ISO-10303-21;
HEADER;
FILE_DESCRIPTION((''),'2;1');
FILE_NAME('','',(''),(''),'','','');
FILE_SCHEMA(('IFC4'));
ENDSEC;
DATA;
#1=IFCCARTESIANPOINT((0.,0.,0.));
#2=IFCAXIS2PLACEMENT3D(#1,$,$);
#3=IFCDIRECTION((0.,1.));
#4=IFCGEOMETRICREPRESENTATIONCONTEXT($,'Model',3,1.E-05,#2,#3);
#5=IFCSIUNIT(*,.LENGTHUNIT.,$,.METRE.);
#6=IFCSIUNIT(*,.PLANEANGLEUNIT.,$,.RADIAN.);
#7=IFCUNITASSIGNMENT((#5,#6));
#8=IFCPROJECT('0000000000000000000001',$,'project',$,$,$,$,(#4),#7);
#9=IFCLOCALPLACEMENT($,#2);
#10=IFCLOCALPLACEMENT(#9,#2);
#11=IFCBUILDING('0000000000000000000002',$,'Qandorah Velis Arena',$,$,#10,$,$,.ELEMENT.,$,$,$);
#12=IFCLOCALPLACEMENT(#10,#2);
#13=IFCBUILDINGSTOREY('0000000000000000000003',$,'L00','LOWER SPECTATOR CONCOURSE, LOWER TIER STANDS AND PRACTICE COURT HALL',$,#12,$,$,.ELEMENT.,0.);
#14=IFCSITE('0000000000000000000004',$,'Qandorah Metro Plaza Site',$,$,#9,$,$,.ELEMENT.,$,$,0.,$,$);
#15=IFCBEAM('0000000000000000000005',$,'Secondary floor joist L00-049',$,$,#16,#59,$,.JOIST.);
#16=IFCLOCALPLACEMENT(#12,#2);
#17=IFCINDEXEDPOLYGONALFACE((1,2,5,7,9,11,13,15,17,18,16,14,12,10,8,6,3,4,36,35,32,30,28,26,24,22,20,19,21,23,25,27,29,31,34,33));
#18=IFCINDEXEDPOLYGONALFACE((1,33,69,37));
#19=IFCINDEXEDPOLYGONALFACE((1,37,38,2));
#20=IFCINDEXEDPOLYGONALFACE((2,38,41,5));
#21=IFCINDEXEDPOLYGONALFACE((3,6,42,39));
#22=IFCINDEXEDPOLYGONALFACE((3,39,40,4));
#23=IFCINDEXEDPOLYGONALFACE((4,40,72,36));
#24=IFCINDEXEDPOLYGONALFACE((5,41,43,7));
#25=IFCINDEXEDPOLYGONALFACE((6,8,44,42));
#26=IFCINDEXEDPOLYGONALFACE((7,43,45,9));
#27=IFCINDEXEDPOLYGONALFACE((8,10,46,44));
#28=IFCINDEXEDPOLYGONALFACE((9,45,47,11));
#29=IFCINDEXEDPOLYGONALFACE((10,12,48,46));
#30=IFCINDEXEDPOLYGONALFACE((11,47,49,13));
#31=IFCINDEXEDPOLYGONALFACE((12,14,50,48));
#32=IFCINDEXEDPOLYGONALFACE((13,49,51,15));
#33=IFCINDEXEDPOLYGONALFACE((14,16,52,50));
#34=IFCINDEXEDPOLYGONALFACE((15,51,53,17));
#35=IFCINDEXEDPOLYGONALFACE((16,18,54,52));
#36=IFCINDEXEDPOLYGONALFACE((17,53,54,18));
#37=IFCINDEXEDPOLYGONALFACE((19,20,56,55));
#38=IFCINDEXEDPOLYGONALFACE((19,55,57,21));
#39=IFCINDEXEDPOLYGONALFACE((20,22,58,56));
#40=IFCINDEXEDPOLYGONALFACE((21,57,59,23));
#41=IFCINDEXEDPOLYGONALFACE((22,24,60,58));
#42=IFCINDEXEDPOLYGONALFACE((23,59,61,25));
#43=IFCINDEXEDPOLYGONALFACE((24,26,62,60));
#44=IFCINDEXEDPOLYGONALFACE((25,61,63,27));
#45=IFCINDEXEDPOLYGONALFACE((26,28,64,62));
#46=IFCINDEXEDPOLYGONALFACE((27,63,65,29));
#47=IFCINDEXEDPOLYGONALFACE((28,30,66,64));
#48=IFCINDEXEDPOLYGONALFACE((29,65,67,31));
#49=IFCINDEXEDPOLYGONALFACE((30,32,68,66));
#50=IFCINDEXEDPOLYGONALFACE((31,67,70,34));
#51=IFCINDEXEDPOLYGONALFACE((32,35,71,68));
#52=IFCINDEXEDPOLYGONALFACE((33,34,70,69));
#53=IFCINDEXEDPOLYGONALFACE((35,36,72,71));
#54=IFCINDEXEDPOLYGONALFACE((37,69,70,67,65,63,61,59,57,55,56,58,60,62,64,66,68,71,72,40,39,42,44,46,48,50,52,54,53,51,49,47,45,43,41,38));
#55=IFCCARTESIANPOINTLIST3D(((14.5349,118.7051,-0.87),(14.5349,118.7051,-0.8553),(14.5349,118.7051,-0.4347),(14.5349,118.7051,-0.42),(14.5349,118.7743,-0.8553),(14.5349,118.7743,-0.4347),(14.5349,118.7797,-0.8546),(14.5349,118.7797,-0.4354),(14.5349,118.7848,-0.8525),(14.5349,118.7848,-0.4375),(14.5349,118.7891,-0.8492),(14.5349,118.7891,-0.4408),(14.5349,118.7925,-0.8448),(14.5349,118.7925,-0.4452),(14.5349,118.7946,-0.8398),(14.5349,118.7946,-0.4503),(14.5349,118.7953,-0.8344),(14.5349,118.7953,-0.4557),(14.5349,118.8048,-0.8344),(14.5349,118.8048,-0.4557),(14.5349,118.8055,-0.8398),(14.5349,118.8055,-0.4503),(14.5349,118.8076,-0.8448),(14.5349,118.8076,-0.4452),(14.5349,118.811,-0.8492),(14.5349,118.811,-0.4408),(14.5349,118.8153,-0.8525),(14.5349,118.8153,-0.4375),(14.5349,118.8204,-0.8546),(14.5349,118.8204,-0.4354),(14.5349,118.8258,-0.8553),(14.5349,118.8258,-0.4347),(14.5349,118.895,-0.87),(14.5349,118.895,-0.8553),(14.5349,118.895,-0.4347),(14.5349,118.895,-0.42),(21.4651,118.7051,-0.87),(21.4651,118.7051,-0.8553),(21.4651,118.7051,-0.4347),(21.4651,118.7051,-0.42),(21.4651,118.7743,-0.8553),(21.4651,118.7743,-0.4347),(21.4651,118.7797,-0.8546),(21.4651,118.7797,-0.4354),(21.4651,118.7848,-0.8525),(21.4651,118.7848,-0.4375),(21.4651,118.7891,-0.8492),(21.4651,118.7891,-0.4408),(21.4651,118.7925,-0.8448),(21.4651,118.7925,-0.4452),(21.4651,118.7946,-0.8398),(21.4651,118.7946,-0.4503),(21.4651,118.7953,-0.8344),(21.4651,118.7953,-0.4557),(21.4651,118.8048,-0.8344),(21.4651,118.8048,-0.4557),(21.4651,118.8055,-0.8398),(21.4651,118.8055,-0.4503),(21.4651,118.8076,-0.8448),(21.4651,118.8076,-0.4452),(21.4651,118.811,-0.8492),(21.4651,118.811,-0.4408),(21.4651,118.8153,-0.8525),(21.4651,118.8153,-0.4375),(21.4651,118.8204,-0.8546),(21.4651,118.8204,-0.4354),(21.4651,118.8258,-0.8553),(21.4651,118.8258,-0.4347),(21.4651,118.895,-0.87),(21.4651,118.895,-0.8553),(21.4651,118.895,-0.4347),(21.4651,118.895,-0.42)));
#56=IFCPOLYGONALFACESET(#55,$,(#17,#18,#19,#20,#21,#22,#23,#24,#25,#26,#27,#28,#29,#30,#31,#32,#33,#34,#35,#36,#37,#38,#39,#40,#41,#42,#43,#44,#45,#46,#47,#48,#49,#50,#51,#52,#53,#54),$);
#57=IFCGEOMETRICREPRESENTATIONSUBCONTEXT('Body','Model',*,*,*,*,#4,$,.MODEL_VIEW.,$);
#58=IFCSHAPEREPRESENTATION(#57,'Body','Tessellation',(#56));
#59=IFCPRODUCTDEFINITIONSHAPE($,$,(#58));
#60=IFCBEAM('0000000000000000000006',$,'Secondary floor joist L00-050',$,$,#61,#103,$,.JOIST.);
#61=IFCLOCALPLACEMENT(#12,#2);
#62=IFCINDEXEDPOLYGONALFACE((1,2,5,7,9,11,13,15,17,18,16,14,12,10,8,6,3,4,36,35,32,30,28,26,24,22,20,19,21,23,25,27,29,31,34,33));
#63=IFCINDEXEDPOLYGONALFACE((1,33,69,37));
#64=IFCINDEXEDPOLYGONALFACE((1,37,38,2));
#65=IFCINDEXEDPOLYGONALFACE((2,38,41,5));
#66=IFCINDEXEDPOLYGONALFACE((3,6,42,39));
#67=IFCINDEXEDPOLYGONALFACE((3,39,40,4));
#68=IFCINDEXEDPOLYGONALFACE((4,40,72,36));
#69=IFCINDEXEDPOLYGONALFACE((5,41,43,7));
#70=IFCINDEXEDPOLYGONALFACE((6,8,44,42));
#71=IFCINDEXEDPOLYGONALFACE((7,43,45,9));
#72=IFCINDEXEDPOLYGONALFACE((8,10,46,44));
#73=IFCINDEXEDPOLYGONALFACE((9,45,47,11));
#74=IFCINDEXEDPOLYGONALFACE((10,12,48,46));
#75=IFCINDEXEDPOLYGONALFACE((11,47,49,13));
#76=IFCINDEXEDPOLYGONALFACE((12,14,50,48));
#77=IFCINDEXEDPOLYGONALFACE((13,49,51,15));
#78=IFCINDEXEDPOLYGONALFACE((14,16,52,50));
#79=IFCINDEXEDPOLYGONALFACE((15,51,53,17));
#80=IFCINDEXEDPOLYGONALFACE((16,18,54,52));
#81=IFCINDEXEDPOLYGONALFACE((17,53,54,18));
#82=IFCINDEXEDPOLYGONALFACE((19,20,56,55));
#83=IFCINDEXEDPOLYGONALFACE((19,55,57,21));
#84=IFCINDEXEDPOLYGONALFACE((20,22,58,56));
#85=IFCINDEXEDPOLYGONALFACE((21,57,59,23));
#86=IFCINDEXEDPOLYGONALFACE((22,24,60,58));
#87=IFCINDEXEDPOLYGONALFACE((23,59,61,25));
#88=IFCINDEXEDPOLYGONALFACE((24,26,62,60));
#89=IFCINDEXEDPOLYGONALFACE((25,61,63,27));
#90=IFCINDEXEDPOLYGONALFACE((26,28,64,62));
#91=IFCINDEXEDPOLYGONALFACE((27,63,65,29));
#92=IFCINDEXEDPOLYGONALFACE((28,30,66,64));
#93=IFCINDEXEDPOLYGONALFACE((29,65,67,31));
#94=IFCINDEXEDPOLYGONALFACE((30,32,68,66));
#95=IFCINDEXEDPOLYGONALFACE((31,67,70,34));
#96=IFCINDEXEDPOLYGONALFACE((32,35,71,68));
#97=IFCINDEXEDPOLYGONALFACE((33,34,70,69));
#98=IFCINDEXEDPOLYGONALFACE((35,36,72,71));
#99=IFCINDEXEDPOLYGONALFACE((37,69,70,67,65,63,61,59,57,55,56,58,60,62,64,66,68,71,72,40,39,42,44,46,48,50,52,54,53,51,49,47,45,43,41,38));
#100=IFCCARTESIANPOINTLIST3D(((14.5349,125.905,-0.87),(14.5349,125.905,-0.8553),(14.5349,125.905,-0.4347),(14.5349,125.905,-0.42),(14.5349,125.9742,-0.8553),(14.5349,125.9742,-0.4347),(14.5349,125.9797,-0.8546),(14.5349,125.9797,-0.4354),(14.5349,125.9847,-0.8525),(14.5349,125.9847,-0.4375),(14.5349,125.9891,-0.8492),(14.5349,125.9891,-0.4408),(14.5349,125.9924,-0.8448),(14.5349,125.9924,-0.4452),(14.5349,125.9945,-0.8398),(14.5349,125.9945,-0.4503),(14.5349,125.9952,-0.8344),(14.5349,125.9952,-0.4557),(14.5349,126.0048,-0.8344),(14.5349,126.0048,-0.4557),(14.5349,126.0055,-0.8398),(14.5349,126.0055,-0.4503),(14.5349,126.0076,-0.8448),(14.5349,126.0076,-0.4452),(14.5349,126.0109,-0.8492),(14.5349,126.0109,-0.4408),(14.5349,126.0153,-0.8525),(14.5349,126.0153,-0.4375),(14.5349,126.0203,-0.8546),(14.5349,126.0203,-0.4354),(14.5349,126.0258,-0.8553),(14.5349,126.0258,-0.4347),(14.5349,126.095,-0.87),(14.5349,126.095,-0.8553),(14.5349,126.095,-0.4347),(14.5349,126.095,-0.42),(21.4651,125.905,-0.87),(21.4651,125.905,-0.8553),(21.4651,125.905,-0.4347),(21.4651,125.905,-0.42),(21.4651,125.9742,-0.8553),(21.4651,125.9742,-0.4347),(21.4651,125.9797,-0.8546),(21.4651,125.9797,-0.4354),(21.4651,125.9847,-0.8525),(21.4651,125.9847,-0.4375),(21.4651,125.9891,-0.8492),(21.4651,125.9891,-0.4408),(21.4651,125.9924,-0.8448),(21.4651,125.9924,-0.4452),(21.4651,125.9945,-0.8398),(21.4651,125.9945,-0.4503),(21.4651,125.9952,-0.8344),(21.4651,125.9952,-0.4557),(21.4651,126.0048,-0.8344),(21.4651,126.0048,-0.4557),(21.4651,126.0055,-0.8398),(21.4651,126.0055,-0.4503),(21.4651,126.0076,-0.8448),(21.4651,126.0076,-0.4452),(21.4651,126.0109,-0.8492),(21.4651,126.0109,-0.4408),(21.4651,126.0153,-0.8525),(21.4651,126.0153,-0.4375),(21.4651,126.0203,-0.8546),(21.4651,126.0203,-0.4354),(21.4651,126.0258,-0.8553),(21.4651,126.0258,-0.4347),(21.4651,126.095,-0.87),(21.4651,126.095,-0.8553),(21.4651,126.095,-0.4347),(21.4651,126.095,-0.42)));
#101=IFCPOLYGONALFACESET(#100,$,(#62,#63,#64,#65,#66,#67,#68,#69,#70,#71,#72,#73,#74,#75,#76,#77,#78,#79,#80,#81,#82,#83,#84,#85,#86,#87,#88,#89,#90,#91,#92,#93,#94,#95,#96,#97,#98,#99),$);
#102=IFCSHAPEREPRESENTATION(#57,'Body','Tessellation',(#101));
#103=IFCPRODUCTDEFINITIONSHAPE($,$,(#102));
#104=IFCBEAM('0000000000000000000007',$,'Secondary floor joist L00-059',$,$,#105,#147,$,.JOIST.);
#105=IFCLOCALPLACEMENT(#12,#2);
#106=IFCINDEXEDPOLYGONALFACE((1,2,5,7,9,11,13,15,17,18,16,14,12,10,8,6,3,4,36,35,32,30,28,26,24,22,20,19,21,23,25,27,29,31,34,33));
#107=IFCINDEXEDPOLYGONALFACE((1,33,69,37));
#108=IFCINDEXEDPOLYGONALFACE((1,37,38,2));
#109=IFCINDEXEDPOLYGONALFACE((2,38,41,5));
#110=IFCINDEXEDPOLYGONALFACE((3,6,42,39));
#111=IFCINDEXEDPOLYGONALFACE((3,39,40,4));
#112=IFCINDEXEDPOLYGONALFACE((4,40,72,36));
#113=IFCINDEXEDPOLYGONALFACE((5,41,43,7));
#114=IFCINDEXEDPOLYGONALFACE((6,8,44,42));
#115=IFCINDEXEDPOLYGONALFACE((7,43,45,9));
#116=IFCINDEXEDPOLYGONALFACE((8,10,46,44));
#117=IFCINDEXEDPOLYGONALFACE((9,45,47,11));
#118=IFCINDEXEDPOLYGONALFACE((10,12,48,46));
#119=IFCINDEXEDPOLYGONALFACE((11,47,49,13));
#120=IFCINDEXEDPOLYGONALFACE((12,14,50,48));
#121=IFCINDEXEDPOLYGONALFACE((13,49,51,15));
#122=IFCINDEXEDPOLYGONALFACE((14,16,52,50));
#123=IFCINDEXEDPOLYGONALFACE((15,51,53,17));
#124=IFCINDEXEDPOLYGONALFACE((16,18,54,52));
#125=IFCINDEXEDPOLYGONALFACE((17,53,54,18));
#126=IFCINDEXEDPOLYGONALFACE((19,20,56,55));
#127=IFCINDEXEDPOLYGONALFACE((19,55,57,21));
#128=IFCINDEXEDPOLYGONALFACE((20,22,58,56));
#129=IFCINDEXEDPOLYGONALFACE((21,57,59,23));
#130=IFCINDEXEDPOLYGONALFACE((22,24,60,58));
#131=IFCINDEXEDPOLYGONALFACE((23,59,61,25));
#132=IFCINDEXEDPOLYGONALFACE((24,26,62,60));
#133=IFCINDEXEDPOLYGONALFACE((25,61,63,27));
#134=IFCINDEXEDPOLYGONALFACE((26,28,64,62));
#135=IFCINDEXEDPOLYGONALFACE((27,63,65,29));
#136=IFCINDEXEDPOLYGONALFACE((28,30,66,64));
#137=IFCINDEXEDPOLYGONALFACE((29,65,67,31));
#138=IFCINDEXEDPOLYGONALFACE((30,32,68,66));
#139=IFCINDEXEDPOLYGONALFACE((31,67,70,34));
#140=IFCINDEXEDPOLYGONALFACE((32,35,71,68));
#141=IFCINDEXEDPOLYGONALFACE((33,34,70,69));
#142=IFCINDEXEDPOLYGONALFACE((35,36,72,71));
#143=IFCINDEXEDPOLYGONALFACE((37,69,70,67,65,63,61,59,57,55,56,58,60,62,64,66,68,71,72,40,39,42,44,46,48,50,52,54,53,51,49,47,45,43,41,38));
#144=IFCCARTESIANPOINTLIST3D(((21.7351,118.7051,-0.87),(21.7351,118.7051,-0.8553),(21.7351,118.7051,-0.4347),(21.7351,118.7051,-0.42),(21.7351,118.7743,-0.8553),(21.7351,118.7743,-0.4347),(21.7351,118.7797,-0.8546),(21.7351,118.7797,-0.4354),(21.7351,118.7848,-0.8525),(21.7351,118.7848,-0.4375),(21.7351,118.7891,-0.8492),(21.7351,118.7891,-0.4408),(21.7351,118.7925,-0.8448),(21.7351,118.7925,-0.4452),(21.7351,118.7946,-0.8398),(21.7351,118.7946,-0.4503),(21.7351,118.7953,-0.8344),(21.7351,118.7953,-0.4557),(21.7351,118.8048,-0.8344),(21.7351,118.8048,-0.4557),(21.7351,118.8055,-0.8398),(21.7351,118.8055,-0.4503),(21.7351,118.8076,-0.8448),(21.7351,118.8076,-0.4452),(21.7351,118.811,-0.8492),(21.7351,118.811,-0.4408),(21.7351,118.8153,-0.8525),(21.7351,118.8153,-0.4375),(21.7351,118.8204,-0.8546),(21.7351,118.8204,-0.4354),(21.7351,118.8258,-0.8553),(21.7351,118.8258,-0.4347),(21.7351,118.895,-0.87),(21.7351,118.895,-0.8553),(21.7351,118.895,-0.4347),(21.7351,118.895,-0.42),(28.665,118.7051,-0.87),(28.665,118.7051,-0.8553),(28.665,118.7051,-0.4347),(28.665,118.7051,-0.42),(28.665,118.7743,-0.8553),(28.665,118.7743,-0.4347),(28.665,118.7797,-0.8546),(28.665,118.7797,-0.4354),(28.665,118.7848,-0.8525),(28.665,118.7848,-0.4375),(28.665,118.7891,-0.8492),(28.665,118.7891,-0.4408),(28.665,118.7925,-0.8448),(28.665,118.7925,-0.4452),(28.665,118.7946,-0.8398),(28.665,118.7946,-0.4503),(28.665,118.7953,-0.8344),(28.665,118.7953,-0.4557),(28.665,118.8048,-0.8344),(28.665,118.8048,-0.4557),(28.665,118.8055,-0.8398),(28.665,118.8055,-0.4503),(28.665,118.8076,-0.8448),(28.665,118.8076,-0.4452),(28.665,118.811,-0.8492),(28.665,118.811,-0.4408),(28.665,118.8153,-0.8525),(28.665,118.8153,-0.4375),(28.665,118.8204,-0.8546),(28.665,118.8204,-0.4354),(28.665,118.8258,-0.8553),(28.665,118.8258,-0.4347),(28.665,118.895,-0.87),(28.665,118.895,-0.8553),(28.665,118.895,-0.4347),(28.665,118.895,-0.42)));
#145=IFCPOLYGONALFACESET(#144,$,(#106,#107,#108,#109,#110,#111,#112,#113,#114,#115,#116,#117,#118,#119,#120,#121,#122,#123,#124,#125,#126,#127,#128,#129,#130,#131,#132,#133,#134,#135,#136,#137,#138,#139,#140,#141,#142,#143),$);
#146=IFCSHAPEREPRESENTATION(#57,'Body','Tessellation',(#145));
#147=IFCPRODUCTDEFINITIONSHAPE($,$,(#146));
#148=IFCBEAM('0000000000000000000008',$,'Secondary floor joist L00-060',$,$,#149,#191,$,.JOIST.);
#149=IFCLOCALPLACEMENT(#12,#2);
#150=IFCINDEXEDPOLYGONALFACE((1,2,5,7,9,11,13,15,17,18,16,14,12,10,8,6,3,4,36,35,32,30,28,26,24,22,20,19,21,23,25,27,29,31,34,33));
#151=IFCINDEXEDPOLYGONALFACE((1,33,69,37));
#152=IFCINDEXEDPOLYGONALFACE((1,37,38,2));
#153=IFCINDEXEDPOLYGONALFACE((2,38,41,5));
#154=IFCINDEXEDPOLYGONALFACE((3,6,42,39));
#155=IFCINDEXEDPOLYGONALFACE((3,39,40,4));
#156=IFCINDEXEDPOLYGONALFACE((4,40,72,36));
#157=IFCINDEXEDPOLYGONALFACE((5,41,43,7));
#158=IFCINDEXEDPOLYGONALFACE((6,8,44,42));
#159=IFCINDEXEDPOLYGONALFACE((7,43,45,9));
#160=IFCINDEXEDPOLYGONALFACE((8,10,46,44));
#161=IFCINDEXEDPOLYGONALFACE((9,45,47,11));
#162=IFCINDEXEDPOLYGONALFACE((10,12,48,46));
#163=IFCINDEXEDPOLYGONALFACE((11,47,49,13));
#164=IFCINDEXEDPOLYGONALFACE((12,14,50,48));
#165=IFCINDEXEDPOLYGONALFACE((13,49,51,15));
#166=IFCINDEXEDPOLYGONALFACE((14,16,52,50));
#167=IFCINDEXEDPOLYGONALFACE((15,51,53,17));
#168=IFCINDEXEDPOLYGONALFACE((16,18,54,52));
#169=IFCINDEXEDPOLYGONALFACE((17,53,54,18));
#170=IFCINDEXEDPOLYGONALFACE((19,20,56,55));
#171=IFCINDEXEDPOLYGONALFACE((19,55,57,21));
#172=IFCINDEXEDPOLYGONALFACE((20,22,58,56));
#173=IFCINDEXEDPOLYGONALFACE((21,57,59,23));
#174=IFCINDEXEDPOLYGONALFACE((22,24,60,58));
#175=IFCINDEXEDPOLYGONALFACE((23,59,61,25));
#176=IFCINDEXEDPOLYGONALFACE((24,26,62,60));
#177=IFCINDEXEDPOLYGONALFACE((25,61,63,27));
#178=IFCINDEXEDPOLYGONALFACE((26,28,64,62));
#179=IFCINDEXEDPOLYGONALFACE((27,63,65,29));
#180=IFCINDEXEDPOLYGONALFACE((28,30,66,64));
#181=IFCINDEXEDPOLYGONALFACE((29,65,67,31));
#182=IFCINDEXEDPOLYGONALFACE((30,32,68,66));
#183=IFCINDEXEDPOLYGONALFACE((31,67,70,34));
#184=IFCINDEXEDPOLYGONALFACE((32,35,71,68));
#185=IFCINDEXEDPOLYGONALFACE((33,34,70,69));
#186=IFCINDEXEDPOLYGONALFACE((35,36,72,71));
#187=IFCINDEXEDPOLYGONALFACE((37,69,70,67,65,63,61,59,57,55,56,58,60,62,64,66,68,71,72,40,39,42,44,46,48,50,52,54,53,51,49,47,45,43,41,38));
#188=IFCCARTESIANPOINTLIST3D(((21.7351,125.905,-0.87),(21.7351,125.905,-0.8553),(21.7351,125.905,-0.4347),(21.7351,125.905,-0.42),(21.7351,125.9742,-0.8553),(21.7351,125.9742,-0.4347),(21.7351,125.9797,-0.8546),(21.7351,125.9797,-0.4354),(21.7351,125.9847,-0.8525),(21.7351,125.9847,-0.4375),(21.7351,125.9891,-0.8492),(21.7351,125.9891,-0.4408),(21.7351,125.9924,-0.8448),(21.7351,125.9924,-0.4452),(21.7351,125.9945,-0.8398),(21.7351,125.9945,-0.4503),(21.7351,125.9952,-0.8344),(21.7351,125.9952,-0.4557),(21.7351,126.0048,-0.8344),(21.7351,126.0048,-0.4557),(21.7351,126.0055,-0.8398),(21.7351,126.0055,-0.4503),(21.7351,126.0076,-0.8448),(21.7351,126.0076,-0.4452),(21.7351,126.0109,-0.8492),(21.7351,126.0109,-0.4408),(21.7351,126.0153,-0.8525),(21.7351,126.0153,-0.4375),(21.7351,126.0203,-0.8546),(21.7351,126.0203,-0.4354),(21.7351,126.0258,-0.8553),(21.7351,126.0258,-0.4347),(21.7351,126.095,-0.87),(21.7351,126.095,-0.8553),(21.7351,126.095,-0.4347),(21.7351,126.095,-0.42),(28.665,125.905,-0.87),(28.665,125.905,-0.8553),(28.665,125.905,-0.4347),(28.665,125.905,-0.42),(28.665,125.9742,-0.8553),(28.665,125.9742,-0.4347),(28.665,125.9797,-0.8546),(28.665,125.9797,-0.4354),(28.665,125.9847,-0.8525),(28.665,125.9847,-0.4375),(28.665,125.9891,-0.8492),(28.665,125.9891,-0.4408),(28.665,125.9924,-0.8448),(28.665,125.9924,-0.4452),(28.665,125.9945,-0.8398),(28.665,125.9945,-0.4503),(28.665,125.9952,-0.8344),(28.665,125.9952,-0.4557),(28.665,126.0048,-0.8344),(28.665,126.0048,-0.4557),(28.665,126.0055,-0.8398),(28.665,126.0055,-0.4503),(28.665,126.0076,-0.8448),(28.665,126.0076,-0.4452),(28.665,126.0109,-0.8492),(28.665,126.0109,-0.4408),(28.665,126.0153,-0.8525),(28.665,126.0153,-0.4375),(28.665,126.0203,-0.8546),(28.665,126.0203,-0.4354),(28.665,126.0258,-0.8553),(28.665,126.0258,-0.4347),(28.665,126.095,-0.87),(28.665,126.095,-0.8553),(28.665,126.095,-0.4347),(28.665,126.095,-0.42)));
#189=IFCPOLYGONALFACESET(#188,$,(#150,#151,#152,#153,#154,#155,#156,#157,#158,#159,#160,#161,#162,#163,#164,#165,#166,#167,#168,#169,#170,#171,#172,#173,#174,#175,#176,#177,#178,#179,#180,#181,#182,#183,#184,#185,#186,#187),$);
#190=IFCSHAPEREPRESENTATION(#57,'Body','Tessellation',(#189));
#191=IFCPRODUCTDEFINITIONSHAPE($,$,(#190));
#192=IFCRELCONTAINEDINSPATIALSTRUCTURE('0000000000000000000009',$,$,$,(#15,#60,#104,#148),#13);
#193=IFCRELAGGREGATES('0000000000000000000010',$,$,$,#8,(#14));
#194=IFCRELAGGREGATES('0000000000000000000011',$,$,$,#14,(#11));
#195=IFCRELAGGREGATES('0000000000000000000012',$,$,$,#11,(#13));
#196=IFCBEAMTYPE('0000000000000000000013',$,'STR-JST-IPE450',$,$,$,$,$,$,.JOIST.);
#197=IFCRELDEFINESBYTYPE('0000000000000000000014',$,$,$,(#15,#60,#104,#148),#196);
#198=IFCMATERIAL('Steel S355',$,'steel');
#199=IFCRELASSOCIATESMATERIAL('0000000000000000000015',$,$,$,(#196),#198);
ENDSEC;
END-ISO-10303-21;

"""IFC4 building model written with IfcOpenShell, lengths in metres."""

from ifc_helpers import new_model, si_unit, direction, frame, origin, origin_2d, place, context, subcontext, project, spatial, i_section, extrude, material, material_profile, profile_set, type_object, element, save


model = new_model("IFC4")

# Units and contexts
model_context = context("Model", 3, precision=1e-05, world=origin(), true_north=direction((0.0, 1.0)))
body_context = subcontext(model_context, "Body", "Model", "MODEL_VIEW")
ifc_project = project(units=[si_unit("LENGTHUNIT", "METRE"), si_unit("PLANEANGLEUNIT", "RADIAN")], contexts=[model_context])

# Site, building, storey
site_placement = place(None, origin())
site = spatial("IfcSite", under=ifc_project, at=site_placement, Name="Qandorah Metro Plaza Site", CompositionType="ELEMENT", RefElevation=0.0)
building_placement = place(site_placement, origin())
building = spatial("IfcBuilding", under=site, at=building_placement, Name="Qandorah Velis Arena", CompositionType="ELEMENT")
storey_placement = place(building_placement, origin())
storey = spatial("IfcBuildingStorey", under=building, at=storey_placement, Name="L00", Description="LOWER SPECTATOR CONCOURSE, LOWER TIER STANDS AND PRACTICE COURT HALL", CompositionType="ELEMENT", Elevation=0.0)

# Beams
ifc_material_1 = material(Name="Steel S355", Category="steel")
ifc_material_profile_1 = material_profile(ifc_material_1, i_section(OverallWidth=0.1899, OverallDepth=0.45, WebThickness=0.0095, FlangeThickness=0.0146, FilletRadius=0.021, at=origin_2d()), Name="IPE 450")
ifc_profile_set_1 = profile_set([ifc_material_profile_1], Name="Steel S355")
beam_type_1 = type_object("IfcBeamType", Name="STR-JST-IPE450", PredefinedType="JOIST", material=ifc_profile_set_1)
for number, where, z_axis, x_axis, name in (
    (1, (14.5349, 118.8, -0.645), (1.0, 0.0, 0.0), (0.0, 1.0, 0.0), "Secondary floor joist L00-049"),
    (2, (14.5349, 126.0, -0.645), (1.0, 0.0, 0.0), (0.0, 1.0, 0.0), "Secondary floor joist L00-050"),
):
    element("IfcBeam", number, at=place(storey_placement, frame(where, z_axis=z_axis, x_axis=x_axis)), inside=storey, type_object=beam_type_1, Name=name, PredefinedType="JOIST", context=body_context, shape_type="SweptSolid", body=[
        extrude(i_section(OverallWidth=0.1899, OverallDepth=0.45, WebThickness=0.0095, FlangeThickness=0.0146, FilletRadius=0.021, at=origin_2d()), origin(), (0.0, 0.0, 1.0), 6.9302),
    ])
for number, where, z_axis, x_axis, name in (
    (3, (21.7351, 118.8, -0.645), (1.0, 0.0, 0.0), (0.0, 1.0, 0.0), "Secondary floor joist L00-059"),
    (4, (21.7351, 126.0, -0.645), (1.0, 0.0, 0.0), (0.0, 1.0, 0.0), "Secondary floor joist L00-060"),
):
    element("IfcBeam", number, at=place(storey_placement, frame(where, z_axis=z_axis, x_axis=x_axis)), inside=storey, type_object=beam_type_1, Name=name, PredefinedType="JOIST", context=body_context, shape_type="SweptSolid", body=[
        extrude(i_section(OverallWidth=0.1899, OverallDepth=0.45, WebThickness=0.0095, FlangeThickness=0.0146, FilletRadius=0.021, at=origin_2d()), origin(), (0.0, 0.0, 1.0), 6.9299),
    ])

save(model, "model.ifc")
